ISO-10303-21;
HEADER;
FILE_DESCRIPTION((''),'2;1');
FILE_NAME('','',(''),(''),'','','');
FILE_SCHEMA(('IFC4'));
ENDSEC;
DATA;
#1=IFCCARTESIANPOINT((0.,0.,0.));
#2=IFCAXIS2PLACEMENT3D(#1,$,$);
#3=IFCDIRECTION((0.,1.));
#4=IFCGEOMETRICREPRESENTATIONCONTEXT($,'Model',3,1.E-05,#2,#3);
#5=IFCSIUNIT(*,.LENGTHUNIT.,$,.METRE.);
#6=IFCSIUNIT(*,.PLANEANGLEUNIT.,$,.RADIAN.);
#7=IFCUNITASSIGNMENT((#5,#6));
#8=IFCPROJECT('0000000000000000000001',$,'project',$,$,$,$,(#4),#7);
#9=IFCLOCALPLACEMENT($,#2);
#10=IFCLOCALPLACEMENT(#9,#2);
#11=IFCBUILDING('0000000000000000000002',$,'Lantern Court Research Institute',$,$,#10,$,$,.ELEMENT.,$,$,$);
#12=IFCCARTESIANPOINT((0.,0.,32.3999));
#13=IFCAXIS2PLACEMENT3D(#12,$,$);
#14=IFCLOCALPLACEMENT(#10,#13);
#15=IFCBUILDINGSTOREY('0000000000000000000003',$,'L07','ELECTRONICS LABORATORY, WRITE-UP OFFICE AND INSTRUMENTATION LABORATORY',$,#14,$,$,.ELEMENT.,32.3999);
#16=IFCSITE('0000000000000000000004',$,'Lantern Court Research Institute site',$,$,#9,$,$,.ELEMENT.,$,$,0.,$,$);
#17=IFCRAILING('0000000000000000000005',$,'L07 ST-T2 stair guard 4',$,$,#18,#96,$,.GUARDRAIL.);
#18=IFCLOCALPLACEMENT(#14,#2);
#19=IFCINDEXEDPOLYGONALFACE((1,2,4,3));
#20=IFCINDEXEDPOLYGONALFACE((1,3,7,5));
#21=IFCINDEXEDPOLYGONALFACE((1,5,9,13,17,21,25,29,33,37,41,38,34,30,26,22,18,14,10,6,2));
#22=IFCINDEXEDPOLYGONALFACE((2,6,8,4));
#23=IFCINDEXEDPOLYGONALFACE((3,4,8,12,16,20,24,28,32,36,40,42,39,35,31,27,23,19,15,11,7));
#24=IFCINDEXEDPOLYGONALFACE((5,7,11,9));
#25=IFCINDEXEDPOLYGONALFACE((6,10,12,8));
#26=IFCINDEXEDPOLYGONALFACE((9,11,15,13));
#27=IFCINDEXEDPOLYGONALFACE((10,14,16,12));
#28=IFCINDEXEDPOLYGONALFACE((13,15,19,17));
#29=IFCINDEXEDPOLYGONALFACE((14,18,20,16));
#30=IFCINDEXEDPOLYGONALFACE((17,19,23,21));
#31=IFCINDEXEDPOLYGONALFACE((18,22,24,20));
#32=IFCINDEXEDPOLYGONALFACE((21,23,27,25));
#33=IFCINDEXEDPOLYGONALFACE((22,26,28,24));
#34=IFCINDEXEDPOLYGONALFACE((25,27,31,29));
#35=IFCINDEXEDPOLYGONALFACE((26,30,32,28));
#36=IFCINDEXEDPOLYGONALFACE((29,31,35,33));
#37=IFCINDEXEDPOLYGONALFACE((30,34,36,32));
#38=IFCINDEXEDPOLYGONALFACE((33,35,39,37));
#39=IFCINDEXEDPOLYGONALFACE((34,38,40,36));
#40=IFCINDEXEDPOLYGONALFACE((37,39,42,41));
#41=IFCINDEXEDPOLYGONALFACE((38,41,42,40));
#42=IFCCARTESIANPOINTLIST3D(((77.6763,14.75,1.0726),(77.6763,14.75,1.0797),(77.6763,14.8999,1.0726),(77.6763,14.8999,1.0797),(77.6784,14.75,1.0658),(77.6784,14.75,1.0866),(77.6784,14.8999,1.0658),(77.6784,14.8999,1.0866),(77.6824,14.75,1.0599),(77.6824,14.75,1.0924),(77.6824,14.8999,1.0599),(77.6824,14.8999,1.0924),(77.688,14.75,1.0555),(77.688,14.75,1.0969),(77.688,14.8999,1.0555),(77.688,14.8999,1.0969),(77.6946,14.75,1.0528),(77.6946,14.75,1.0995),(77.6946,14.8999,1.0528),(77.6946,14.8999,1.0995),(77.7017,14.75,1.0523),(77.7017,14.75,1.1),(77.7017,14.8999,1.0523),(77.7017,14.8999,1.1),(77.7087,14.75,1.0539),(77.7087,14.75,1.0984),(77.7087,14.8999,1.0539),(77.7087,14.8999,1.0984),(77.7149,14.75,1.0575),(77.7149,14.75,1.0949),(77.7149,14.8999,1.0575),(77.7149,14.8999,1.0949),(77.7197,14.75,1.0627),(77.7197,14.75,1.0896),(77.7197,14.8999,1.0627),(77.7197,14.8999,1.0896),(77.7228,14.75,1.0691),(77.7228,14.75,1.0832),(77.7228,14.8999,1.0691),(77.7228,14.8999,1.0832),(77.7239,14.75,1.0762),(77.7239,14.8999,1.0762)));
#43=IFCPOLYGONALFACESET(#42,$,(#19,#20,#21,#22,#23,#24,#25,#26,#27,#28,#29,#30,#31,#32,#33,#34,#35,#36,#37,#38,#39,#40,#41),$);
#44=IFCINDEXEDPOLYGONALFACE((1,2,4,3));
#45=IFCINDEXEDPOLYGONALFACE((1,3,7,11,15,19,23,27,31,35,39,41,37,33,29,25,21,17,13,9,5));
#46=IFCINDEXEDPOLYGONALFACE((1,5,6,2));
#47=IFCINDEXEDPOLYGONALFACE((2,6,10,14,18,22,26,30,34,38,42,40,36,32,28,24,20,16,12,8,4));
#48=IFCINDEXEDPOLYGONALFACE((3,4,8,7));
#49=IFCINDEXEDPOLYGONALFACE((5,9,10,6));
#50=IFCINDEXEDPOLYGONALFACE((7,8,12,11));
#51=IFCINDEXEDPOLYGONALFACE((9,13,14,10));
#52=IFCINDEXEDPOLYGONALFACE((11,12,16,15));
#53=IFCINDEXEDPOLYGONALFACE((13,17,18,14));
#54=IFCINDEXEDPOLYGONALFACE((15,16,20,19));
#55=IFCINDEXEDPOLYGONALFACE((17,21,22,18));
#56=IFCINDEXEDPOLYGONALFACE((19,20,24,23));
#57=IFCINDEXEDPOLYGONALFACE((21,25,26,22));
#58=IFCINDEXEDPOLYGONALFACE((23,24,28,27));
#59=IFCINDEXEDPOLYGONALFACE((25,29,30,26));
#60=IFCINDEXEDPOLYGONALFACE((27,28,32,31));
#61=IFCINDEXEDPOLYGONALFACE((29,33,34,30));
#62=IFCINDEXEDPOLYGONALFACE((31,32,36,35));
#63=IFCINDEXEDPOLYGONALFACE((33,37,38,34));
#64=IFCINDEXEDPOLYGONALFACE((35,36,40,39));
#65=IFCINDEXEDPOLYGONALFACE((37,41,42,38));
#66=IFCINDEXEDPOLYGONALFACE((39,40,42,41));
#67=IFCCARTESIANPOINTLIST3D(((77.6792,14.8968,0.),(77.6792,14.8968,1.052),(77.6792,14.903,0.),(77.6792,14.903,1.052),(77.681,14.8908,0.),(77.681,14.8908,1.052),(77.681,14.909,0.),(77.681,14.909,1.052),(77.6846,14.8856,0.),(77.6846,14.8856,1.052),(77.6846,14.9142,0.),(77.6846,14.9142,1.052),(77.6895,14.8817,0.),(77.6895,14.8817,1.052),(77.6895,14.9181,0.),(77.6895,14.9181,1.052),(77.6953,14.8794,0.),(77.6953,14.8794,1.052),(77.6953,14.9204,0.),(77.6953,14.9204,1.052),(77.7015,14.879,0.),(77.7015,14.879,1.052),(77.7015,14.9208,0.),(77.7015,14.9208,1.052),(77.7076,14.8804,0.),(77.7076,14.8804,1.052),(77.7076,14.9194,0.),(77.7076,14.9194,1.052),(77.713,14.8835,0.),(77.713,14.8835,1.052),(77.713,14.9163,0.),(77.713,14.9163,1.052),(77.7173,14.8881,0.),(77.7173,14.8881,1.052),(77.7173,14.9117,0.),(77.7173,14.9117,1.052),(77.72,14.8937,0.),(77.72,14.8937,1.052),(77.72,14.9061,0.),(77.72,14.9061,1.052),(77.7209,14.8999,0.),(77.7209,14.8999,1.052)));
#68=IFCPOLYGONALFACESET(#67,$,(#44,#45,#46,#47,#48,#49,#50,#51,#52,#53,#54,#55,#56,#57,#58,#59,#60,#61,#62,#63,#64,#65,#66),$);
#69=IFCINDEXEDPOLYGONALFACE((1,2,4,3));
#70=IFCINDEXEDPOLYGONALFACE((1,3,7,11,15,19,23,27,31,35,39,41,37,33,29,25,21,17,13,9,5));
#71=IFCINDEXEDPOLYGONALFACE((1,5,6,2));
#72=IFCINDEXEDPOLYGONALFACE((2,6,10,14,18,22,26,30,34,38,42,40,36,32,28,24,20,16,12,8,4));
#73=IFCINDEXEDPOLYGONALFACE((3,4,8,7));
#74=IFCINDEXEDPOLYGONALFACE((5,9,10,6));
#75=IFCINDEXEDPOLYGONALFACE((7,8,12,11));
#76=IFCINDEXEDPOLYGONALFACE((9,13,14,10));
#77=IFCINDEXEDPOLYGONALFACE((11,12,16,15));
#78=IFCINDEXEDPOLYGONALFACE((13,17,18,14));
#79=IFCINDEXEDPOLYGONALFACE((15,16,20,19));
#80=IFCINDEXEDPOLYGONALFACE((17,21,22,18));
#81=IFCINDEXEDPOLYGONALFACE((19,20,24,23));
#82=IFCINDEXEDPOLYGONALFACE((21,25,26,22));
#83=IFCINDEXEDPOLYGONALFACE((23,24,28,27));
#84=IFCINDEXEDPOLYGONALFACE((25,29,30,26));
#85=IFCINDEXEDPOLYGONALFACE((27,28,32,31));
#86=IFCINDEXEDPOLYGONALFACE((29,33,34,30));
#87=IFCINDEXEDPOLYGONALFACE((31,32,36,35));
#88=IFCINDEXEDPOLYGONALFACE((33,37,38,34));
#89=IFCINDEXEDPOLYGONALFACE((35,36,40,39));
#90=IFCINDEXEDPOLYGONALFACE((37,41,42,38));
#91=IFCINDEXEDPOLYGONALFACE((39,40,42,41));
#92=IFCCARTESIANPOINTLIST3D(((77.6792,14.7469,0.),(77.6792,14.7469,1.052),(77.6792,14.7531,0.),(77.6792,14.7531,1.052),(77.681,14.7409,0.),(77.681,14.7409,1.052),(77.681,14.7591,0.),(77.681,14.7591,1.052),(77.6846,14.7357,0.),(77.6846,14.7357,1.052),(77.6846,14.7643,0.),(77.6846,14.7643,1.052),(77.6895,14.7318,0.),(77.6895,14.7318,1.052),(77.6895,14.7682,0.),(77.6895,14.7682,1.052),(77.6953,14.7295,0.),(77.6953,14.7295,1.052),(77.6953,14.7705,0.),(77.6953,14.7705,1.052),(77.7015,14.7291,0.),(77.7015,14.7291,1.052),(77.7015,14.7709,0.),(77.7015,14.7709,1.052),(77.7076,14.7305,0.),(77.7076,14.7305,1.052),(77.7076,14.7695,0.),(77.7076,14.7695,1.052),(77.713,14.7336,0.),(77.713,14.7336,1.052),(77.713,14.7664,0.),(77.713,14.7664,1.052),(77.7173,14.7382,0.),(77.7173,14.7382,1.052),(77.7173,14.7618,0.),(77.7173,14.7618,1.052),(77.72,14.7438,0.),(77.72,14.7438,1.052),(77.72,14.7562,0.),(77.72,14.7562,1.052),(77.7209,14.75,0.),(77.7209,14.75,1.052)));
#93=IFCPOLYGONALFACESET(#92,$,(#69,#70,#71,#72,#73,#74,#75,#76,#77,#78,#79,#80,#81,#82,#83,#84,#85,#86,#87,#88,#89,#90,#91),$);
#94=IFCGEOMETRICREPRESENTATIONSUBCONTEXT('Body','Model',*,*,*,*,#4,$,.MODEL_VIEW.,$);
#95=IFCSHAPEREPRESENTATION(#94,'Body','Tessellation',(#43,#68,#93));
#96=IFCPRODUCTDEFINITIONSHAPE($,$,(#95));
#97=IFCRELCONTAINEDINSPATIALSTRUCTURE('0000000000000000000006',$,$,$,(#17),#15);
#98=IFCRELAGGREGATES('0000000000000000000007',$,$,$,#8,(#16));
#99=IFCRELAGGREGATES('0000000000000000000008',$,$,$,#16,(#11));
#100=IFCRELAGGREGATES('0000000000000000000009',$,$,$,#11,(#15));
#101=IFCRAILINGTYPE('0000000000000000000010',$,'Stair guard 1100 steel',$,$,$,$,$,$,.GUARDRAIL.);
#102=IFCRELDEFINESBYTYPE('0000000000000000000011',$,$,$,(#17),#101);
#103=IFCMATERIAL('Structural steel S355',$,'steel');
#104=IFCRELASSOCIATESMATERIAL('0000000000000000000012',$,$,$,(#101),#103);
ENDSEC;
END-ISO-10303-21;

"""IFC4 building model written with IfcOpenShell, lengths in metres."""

from ifc_helpers import new_model, si_unit, direction, frame, origin, origin_2d, place, context, subcontext, project, spatial, circle, extrude, material, type_object, element, save


model = new_model("IFC4")

# Units and contexts
model_context = context("Model", 3, precision=1e-05, world=origin(), true_north=direction((0.0, 1.0)))
body_context = subcontext(model_context, "Body", "Model", "MODEL_VIEW")
ifc_project = project(units=[si_unit("LENGTHUNIT", "METRE"), si_unit("PLANEANGLEUNIT", "RADIAN")], contexts=[model_context])

# Site, building, storey
site_placement = place(None, origin())
site = spatial("IfcSite", under=ifc_project, at=site_placement, Name="Lantern Court Research Institute site", CompositionType="ELEMENT", RefElevation=0.0)
building_placement = place(site_placement, origin())
building = spatial("IfcBuilding", under=site, at=building_placement, Name="Lantern Court Research Institute", CompositionType="ELEMENT")
storey_placement = place(building_placement, frame((0.0, 0.0, 32.3999)))
storey = spatial("IfcBuildingStorey", under=building, at=storey_placement, Name="L07", Description="ELECTRONICS LABORATORY, WRITE-UP OFFICE AND INSTRUMENTATION LABORATORY", CompositionType="ELEMENT", Elevation=32.3999)

# Railing
ifc_material_1 = material(Name="Structural steel S355", Category="steel")
railing_type_1 = type_object("IfcRailingType", Name="Stair guard 1100 steel", PredefinedType="GUARDRAIL", material=ifc_material_1)
railing_1_placement = place(storey_placement, frame((77.7, 14.8999, 0.0)))
element("IfcRailing", 1, at=railing_1_placement, inside=storey, type_object=railing_type_1, Name="L07 ST-T2 stair guard 4", PredefinedType="GUARDRAIL", context=body_context, shape_type="SweptSolid", body=[
    extrude(circle(Radius=0.0239, at=origin_2d()), frame((0.0, 0.0, 1.0762), z_axis=(0.0, -1.0, 0.0), x_axis=(1.0, 0.0, 0.0)), (0.0, 0.0, 1.0), 0.1499),
    extrude(circle(Radius=0.021, at=origin_2d()), origin(), (0.0, 0.0, 1.0), 1.052),
    extrude(circle(Radius=0.021, at=origin_2d()), frame((0.0, -0.1499, 0.0)), (0.0, 0.0, 1.0), 1.052),
])

save(model, "model.ifc")
